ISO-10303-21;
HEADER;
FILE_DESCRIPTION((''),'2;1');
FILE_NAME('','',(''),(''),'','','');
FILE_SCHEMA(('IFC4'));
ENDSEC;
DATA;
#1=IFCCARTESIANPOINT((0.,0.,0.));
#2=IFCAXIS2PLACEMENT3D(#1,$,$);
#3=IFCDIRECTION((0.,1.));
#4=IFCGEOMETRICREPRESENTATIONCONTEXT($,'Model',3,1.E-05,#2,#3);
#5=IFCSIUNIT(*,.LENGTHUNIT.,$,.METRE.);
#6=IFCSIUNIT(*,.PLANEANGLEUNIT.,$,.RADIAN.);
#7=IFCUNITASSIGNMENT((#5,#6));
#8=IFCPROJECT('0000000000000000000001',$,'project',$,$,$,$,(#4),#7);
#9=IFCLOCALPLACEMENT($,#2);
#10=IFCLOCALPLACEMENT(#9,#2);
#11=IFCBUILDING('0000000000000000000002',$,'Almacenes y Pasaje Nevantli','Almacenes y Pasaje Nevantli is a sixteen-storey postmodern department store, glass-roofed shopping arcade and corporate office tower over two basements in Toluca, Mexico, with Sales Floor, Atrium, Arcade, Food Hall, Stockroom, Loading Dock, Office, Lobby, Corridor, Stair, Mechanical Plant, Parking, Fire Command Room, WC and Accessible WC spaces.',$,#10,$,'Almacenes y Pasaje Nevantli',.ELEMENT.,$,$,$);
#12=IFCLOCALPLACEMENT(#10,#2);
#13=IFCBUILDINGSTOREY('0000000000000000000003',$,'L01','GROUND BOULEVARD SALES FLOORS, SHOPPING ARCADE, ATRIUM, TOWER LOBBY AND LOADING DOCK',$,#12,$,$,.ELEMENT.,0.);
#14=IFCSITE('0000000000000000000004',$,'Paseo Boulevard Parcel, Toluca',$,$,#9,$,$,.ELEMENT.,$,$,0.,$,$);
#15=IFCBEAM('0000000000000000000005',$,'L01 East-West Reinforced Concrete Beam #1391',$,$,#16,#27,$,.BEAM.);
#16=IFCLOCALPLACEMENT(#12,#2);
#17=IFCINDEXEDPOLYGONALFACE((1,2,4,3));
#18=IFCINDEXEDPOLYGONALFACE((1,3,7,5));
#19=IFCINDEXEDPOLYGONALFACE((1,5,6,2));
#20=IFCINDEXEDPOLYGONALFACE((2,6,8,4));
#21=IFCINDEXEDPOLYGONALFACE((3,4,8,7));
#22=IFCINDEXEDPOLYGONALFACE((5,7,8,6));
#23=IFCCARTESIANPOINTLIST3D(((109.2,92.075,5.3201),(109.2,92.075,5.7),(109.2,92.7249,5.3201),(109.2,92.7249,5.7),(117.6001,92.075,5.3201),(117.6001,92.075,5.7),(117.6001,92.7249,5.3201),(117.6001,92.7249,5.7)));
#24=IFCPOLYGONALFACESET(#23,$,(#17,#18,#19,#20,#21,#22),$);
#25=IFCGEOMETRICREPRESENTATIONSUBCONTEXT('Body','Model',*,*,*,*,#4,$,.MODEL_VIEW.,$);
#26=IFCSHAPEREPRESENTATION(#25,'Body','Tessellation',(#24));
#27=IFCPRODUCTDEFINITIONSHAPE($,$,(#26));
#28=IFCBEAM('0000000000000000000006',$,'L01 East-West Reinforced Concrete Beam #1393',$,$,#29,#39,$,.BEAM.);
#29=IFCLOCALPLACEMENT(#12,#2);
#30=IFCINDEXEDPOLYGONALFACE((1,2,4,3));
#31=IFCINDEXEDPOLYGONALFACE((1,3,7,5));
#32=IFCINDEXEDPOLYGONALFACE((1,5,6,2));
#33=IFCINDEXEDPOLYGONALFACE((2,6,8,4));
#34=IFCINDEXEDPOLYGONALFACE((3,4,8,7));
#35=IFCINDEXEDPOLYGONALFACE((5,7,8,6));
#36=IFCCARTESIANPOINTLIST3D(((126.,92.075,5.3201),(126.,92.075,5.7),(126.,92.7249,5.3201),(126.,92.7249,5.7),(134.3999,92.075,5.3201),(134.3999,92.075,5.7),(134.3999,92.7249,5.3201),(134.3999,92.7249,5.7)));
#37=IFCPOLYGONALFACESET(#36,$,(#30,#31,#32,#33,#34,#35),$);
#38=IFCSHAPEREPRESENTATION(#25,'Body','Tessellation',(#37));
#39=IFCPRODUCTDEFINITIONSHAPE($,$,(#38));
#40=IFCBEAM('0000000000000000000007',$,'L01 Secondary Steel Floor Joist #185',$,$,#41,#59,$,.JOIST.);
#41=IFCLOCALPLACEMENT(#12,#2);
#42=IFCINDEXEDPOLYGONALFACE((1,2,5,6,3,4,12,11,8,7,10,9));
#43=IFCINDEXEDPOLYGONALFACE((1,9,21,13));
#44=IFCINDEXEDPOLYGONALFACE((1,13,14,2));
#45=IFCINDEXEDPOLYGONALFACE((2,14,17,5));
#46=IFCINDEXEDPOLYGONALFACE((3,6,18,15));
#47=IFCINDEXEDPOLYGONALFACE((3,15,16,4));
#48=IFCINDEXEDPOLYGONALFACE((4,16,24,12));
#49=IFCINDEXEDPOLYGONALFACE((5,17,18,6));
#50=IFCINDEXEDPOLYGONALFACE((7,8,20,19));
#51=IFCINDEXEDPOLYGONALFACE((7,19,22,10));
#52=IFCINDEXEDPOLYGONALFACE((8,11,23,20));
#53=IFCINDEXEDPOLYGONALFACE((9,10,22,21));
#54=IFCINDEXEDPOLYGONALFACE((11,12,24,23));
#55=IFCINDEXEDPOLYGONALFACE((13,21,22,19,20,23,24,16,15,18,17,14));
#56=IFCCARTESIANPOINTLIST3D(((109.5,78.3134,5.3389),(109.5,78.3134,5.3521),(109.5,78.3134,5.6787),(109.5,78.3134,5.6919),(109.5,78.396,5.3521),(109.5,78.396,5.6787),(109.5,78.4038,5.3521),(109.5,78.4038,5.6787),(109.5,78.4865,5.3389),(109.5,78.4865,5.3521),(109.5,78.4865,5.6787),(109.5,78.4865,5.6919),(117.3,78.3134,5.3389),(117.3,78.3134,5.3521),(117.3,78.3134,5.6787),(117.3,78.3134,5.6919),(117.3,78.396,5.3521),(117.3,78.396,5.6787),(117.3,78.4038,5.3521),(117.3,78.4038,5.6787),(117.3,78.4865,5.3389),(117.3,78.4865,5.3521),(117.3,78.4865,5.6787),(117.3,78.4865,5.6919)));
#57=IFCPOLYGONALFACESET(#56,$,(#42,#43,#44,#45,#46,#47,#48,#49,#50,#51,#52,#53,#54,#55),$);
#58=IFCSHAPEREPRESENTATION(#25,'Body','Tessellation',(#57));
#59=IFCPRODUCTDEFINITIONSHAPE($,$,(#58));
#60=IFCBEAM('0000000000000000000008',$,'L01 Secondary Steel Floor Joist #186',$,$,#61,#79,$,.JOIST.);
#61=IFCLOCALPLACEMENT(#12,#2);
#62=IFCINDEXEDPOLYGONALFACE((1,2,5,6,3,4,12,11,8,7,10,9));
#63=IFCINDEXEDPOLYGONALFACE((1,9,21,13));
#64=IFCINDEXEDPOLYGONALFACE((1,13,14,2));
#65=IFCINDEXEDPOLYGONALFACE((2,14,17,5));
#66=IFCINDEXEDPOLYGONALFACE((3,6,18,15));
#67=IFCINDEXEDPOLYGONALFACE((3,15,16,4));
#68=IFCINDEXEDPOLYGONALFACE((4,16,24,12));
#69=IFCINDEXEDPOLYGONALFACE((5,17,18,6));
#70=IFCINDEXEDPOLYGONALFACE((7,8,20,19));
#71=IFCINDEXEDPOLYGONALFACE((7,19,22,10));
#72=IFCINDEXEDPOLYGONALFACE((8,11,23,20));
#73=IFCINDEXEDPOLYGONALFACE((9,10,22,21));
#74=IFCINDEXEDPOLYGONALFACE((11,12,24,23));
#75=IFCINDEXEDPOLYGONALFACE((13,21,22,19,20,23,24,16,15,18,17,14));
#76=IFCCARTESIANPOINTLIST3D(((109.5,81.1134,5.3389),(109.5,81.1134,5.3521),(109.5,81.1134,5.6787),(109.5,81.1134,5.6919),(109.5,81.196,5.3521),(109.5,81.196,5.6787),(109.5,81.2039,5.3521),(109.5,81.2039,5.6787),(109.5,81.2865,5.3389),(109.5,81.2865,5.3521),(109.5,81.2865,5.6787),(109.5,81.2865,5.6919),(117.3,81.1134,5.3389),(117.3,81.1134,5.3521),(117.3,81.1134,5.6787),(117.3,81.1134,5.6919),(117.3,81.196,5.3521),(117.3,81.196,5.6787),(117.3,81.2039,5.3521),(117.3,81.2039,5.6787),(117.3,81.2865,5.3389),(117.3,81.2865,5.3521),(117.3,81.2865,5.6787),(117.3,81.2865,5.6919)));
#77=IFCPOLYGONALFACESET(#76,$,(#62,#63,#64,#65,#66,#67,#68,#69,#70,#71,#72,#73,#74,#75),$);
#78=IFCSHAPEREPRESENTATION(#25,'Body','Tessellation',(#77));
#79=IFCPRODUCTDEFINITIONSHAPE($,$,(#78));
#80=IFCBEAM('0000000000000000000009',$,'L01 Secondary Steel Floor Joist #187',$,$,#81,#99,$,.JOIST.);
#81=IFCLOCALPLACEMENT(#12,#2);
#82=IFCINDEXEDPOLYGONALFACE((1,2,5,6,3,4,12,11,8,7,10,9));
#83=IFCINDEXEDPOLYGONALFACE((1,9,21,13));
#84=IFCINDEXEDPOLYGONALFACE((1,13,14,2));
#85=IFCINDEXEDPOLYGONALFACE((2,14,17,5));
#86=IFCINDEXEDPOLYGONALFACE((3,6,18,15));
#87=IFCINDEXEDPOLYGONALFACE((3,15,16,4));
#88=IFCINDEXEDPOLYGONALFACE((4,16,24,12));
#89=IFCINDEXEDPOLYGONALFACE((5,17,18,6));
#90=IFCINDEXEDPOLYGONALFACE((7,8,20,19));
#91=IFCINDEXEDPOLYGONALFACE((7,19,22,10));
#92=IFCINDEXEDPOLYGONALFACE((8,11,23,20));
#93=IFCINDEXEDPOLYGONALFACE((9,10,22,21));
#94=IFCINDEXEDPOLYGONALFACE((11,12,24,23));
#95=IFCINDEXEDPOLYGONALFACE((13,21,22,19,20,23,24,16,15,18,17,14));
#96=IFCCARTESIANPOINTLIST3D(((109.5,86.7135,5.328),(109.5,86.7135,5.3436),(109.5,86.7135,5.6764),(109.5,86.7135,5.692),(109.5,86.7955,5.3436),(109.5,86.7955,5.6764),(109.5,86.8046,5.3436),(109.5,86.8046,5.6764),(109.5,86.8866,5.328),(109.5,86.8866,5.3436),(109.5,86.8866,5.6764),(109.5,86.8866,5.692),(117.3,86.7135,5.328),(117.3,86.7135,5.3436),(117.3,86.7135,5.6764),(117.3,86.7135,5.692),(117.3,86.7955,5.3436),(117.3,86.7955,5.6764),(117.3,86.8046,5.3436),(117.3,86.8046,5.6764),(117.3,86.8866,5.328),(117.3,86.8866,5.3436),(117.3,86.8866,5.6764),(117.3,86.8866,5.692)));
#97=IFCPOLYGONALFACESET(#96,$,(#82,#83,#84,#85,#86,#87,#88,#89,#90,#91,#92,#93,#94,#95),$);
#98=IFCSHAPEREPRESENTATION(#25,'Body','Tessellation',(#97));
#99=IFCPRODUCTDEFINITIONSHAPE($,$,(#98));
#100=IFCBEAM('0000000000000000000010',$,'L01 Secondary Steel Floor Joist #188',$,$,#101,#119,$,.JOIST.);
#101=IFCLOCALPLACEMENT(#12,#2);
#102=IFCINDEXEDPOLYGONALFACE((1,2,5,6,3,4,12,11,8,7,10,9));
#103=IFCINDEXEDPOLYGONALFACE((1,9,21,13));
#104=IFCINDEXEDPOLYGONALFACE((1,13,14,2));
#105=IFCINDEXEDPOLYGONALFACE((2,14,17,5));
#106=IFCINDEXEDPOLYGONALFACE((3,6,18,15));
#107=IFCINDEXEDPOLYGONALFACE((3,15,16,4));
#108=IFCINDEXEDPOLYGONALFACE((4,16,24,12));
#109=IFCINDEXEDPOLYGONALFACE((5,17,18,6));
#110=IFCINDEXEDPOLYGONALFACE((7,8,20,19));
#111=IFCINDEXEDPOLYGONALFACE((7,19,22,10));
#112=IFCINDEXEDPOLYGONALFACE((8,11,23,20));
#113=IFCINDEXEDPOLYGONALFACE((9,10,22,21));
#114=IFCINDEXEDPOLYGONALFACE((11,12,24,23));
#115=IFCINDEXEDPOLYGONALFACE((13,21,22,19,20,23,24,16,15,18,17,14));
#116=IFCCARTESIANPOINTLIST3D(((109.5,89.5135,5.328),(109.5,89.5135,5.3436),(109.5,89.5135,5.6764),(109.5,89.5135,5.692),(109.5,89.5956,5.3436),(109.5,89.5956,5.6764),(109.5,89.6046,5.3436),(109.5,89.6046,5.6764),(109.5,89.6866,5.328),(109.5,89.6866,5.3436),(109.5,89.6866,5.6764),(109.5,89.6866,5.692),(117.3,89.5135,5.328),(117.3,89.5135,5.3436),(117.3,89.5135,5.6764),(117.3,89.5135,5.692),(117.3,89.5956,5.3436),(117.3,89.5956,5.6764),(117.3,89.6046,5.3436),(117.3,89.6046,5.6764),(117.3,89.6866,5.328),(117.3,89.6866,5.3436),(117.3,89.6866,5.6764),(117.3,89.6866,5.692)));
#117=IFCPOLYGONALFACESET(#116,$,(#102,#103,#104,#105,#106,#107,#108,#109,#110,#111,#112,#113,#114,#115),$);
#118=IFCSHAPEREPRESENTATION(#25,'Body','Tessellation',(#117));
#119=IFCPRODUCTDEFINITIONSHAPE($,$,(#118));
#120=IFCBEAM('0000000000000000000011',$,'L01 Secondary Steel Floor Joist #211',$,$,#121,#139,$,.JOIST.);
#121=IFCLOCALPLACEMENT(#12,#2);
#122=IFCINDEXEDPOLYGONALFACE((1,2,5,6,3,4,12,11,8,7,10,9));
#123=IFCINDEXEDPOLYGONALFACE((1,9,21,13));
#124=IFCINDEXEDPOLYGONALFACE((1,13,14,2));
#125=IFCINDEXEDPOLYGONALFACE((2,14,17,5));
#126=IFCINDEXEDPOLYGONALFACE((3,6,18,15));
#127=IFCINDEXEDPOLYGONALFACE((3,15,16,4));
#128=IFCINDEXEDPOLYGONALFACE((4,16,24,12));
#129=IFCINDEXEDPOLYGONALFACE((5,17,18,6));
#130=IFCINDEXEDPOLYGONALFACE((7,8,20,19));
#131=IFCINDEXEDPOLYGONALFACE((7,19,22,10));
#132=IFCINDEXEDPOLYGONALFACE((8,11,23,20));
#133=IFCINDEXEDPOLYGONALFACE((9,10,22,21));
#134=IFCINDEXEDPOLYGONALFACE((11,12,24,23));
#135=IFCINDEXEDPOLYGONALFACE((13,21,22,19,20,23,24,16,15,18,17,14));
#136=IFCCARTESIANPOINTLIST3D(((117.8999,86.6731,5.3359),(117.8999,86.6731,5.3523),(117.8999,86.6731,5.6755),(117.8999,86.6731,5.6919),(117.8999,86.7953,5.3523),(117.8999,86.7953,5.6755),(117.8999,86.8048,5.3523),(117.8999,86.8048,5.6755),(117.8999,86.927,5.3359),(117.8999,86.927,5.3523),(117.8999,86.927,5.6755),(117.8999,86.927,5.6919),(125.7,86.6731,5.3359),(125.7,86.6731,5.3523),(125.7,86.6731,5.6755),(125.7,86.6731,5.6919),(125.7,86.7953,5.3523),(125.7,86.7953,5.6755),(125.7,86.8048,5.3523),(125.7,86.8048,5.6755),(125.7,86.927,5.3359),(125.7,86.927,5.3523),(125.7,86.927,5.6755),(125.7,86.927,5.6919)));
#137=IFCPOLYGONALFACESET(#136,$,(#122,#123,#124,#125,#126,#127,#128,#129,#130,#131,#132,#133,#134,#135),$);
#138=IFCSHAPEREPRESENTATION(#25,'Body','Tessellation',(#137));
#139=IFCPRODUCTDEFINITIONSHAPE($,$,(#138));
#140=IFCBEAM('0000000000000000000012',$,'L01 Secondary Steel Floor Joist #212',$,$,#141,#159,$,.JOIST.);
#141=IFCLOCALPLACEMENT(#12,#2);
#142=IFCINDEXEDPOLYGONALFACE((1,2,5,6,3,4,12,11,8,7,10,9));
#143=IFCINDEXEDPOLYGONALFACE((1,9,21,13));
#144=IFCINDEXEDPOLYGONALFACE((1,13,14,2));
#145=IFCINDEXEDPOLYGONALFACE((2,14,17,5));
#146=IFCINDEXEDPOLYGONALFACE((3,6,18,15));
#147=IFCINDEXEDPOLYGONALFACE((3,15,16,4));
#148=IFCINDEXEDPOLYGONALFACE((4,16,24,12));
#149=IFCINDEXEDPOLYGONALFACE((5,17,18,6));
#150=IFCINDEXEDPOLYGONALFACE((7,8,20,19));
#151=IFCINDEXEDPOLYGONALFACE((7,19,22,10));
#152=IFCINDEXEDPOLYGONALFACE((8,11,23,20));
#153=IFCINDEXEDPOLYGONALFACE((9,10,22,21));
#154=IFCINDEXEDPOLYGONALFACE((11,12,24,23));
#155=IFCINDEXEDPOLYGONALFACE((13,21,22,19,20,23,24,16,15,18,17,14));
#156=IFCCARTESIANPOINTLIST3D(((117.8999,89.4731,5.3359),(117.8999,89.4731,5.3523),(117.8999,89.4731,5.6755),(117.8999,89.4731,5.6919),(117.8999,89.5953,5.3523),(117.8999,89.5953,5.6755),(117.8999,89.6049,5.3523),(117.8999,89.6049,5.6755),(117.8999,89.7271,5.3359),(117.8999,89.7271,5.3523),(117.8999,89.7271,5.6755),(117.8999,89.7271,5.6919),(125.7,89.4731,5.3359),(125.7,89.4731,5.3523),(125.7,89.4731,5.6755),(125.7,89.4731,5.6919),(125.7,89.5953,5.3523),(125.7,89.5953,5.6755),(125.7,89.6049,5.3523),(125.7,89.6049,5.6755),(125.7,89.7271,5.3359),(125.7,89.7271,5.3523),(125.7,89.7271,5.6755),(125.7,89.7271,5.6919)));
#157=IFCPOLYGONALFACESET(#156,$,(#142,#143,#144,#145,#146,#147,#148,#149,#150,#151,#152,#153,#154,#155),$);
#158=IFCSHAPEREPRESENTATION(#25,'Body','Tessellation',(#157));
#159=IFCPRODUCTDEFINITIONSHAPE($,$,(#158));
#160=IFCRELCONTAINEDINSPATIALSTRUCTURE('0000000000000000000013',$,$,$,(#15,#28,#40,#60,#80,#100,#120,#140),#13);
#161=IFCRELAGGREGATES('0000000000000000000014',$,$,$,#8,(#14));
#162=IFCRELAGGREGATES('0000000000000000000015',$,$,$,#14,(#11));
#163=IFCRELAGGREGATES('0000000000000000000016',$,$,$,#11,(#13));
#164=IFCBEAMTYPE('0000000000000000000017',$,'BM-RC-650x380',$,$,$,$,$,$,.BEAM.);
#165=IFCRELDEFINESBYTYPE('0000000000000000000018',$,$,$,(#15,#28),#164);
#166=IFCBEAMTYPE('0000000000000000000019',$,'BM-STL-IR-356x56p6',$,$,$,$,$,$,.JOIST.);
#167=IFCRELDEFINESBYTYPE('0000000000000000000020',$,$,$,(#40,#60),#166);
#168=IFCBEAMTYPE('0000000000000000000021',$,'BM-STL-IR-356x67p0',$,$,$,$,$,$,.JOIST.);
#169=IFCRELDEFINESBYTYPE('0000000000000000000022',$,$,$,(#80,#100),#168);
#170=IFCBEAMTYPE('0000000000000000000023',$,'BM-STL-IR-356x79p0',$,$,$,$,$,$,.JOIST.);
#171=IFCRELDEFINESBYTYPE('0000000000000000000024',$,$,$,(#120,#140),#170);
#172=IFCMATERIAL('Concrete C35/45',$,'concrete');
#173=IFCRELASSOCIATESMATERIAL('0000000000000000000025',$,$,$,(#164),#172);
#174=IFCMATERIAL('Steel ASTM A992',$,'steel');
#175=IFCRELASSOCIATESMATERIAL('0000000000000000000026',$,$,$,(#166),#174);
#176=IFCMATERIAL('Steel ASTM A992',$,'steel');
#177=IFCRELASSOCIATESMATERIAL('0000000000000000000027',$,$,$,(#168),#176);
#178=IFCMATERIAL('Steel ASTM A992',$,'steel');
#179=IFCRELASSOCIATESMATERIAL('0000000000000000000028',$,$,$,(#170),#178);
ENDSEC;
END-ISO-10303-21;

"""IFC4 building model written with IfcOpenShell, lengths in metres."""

from ifc_helpers import new_model, si_unit, direction, frame, origin, origin_2d, place, context, subcontext, project, spatial, rectangle, i_section, extrude, material, material_profile, profile_set, type_object, element, save


model = new_model("IFC4")

# Units and contexts
model_context = context("Model", 3, precision=1e-05, world=origin(), true_north=direction((0.0, 1.0)))
body_context = subcontext(model_context, "Body", "Model", "MODEL_VIEW")
ifc_project = project(units=[si_unit("LENGTHUNIT", "METRE"), si_unit("PLANEANGLEUNIT", "RADIAN")], contexts=[model_context])

# Site, building, storey
site_placement = place(None, origin())
site = spatial("IfcSite", under=ifc_project, at=site_placement, Name="Paseo Boulevard Parcel, Toluca", CompositionType="ELEMENT", RefElevation=0.0)
building_placement = place(site_placement, origin())
building = spatial("IfcBuilding", under=site, at=building_placement, Name="Almacenes y Pasaje Nevantli", Description="Almacenes y Pasaje Nevantli is a sixteen-storey postmodern department store, glass-roofed shopping arcade and corporate office tower over two basements in Toluca, Mexico, with Sales Floor, Atrium, Arcade, Food Hall, Stockroom, Loading Dock, Office, Lobby, Corridor, Stair, Mechanical Plant, Parking, Fire Command Room, WC and Accessible WC spaces.", LongName="Almacenes y Pasaje Nevantli", CompositionType="ELEMENT")
storey_placement = place(building_placement, origin())
storey = spatial("IfcBuildingStorey", under=building, at=storey_placement, Name="L01", Description="GROUND BOULEVARD SALES FLOORS, SHOPPING ARCADE, ATRIUM, TOWER LOBBY AND LOADING DOCK", CompositionType="ELEMENT", Elevation=0.0)

# Beams
ifc_material_1 = material(Name="Concrete C35/45", Category="concrete")
ifc_material_profile_1 = material_profile(ifc_material_1, rectangle(XDim=0.6499, YDim=0.3799, at=origin_2d()), Name="RC-BM-650x380")
ifc_profile_set_1 = profile_set([ifc_material_profile_1], Name="Concrete C35/45")
beam_type_1 = type_object("IfcBeamType", Name="BM-RC-650x380", PredefinedType="BEAM", material=ifc_profile_set_1)
beam_1_placement = place(storey_placement, frame((109.2, 92.3999, 5.51), z_axis=(1.0, 0.0, 0.0), x_axis=(0.0, 1.0, 0.0)))
element("IfcBeam", 1, at=beam_1_placement, inside=storey, type_object=beam_type_1, Name="L01 East-West Reinforced Concrete Beam #1391", PredefinedType="BEAM", context=body_context, shape_type="SweptSolid", body=[
    extrude(rectangle(XDim=0.6499, YDim=0.3799, at=origin_2d()), origin(), (0.0, 0.0, 1.0), 8.4001),
])
beam_2_placement = place(storey_placement, frame((126.0, 92.3999, 5.51), z_axis=(1.0, 0.0, 0.0), x_axis=(0.0, 1.0, 0.0)))
element("IfcBeam", 2, at=beam_2_placement, inside=storey, type_object=beam_type_1, Name="L01 East-West Reinforced Concrete Beam #1393", PredefinedType="BEAM", context=body_context, shape_type="SweptSolid", body=[
    extrude(rectangle(XDim=0.6499, YDim=0.3799, at=origin_2d()), origin(), (0.0, 0.0, 1.0), 8.3999),
])
ifc_material_2 = material(Name="Steel ASTM A992", Category="steel")
ifc_material_profile_2 = material_profile(ifc_material_2, i_section(OverallWidth=0.1731, OverallDepth=0.353, WebThickness=0.0078, FlangeThickness=0.0132, at=origin_2d()), Name="IR 356x56.6")
ifc_profile_set_2 = profile_set([ifc_material_profile_2], Name="Steel ASTM A992")
beam_type_2 = type_object("IfcBeamType", Name="BM-STL-IR-356x56p6", PredefinedType="JOIST", material=ifc_profile_set_2)
for number, where, z_axis, x_axis, name in (
    (3, (109.5, 78.3999, 5.5154), (1.0, 0.0, 0.0), (0.0, 1.0, 0.0), "L01 Secondary Steel Floor Joist #185"),
    (4, (109.5, 81.2, 5.5154), (1.0, 0.0, 0.0), (0.0, 1.0, 0.0), "L01 Secondary Steel Floor Joist #186"),
):
    element("IfcBeam", number, at=place(storey_placement, frame(where, z_axis=z_axis, x_axis=x_axis)), inside=storey, type_object=beam_type_2, Name=name, PredefinedType="JOIST", context=body_context, shape_type="SweptSolid", body=[
        extrude(i_section(OverallWidth=0.1731, OverallDepth=0.353, WebThickness=0.0078, FlangeThickness=0.0132, at=origin_2d()), origin(), (0.0, 0.0, 1.0), 7.8),
    ])
ifc_material_3 = material(Name="Steel ASTM A992", Category="steel")
ifc_material_profile_3 = material_profile(ifc_material_3, i_section(OverallWidth=0.1731, OverallDepth=0.364, WebThickness=0.009, FlangeThickness=0.0156, at=origin_2d()), Name="IR 356x67.0")
ifc_profile_set_3 = profile_set([ifc_material_profile_3], Name="Steel ASTM A992")
beam_type_3 = type_object("IfcBeamType", Name="BM-STL-IR-356x67p0", PredefinedType="JOIST", material=ifc_profile_set_3)
for number, where, z_axis, x_axis, name in (
    (5, (109.5, 86.8, 5.51), (1.0, 0.0, 0.0), (0.0, 1.0, 0.0), "L01 Secondary Steel Floor Joist #187"),
    (6, (109.5, 89.6001, 5.51), (1.0, 0.0, 0.0), (0.0, 1.0, 0.0), "L01 Secondary Steel Floor Joist #188"),
):
    element("IfcBeam", number, at=place(storey_placement, frame(where, z_axis=z_axis, x_axis=x_axis)), inside=storey, type_object=beam_type_3, Name=name, PredefinedType="JOIST", context=body_context, shape_type="SweptSolid", body=[
        extrude(i_section(OverallWidth=0.1731, OverallDepth=0.364, WebThickness=0.009, FlangeThickness=0.0156, at=origin_2d()), origin(), (0.0, 0.0, 1.0), 7.8),
    ])
ifc_material_4 = material(Name="Steel ASTM A992", Category="steel")
ifc_material_profile_4 = material_profile(ifc_material_4, i_section(OverallWidth=0.2539, OverallDepth=0.356, WebThickness=0.0095, FlangeThickness=0.0164, at=origin_2d()), Name="IR 356x79.0")
ifc_profile_set_4 = profile_set([ifc_material_profile_4], Name="Steel ASTM A992")
beam_type_4 = type_object("IfcBeamType", Name="BM-STL-IR-356x79p0", PredefinedType="JOIST", material=ifc_profile_set_4)
for number, where, z_axis, x_axis, name in (
    (7, (117.8999, 86.8, 5.5139), (1.0, 0.0, 0.0), (0.0, 1.0, 0.0), "L01 Secondary Steel Floor Joist #211"),
    (8, (117.8999, 89.6001, 5.5139), (1.0, 0.0, 0.0), (0.0, 1.0, 0.0), "L01 Secondary Steel Floor Joist #212"),
):
    element("IfcBeam", number, at=place(storey_placement, frame(where, z_axis=z_axis, x_axis=x_axis)), inside=storey, type_object=beam_type_4, Name=name, PredefinedType="JOIST", context=body_context, shape_type="SweptSolid", body=[
        extrude(i_section(OverallWidth=0.2539, OverallDepth=0.356, WebThickness=0.0095, FlangeThickness=0.0164, at=origin_2d()), origin(), (0.0, 0.0, 1.0), 7.8),
    ])

save(model, "model.ifc")
